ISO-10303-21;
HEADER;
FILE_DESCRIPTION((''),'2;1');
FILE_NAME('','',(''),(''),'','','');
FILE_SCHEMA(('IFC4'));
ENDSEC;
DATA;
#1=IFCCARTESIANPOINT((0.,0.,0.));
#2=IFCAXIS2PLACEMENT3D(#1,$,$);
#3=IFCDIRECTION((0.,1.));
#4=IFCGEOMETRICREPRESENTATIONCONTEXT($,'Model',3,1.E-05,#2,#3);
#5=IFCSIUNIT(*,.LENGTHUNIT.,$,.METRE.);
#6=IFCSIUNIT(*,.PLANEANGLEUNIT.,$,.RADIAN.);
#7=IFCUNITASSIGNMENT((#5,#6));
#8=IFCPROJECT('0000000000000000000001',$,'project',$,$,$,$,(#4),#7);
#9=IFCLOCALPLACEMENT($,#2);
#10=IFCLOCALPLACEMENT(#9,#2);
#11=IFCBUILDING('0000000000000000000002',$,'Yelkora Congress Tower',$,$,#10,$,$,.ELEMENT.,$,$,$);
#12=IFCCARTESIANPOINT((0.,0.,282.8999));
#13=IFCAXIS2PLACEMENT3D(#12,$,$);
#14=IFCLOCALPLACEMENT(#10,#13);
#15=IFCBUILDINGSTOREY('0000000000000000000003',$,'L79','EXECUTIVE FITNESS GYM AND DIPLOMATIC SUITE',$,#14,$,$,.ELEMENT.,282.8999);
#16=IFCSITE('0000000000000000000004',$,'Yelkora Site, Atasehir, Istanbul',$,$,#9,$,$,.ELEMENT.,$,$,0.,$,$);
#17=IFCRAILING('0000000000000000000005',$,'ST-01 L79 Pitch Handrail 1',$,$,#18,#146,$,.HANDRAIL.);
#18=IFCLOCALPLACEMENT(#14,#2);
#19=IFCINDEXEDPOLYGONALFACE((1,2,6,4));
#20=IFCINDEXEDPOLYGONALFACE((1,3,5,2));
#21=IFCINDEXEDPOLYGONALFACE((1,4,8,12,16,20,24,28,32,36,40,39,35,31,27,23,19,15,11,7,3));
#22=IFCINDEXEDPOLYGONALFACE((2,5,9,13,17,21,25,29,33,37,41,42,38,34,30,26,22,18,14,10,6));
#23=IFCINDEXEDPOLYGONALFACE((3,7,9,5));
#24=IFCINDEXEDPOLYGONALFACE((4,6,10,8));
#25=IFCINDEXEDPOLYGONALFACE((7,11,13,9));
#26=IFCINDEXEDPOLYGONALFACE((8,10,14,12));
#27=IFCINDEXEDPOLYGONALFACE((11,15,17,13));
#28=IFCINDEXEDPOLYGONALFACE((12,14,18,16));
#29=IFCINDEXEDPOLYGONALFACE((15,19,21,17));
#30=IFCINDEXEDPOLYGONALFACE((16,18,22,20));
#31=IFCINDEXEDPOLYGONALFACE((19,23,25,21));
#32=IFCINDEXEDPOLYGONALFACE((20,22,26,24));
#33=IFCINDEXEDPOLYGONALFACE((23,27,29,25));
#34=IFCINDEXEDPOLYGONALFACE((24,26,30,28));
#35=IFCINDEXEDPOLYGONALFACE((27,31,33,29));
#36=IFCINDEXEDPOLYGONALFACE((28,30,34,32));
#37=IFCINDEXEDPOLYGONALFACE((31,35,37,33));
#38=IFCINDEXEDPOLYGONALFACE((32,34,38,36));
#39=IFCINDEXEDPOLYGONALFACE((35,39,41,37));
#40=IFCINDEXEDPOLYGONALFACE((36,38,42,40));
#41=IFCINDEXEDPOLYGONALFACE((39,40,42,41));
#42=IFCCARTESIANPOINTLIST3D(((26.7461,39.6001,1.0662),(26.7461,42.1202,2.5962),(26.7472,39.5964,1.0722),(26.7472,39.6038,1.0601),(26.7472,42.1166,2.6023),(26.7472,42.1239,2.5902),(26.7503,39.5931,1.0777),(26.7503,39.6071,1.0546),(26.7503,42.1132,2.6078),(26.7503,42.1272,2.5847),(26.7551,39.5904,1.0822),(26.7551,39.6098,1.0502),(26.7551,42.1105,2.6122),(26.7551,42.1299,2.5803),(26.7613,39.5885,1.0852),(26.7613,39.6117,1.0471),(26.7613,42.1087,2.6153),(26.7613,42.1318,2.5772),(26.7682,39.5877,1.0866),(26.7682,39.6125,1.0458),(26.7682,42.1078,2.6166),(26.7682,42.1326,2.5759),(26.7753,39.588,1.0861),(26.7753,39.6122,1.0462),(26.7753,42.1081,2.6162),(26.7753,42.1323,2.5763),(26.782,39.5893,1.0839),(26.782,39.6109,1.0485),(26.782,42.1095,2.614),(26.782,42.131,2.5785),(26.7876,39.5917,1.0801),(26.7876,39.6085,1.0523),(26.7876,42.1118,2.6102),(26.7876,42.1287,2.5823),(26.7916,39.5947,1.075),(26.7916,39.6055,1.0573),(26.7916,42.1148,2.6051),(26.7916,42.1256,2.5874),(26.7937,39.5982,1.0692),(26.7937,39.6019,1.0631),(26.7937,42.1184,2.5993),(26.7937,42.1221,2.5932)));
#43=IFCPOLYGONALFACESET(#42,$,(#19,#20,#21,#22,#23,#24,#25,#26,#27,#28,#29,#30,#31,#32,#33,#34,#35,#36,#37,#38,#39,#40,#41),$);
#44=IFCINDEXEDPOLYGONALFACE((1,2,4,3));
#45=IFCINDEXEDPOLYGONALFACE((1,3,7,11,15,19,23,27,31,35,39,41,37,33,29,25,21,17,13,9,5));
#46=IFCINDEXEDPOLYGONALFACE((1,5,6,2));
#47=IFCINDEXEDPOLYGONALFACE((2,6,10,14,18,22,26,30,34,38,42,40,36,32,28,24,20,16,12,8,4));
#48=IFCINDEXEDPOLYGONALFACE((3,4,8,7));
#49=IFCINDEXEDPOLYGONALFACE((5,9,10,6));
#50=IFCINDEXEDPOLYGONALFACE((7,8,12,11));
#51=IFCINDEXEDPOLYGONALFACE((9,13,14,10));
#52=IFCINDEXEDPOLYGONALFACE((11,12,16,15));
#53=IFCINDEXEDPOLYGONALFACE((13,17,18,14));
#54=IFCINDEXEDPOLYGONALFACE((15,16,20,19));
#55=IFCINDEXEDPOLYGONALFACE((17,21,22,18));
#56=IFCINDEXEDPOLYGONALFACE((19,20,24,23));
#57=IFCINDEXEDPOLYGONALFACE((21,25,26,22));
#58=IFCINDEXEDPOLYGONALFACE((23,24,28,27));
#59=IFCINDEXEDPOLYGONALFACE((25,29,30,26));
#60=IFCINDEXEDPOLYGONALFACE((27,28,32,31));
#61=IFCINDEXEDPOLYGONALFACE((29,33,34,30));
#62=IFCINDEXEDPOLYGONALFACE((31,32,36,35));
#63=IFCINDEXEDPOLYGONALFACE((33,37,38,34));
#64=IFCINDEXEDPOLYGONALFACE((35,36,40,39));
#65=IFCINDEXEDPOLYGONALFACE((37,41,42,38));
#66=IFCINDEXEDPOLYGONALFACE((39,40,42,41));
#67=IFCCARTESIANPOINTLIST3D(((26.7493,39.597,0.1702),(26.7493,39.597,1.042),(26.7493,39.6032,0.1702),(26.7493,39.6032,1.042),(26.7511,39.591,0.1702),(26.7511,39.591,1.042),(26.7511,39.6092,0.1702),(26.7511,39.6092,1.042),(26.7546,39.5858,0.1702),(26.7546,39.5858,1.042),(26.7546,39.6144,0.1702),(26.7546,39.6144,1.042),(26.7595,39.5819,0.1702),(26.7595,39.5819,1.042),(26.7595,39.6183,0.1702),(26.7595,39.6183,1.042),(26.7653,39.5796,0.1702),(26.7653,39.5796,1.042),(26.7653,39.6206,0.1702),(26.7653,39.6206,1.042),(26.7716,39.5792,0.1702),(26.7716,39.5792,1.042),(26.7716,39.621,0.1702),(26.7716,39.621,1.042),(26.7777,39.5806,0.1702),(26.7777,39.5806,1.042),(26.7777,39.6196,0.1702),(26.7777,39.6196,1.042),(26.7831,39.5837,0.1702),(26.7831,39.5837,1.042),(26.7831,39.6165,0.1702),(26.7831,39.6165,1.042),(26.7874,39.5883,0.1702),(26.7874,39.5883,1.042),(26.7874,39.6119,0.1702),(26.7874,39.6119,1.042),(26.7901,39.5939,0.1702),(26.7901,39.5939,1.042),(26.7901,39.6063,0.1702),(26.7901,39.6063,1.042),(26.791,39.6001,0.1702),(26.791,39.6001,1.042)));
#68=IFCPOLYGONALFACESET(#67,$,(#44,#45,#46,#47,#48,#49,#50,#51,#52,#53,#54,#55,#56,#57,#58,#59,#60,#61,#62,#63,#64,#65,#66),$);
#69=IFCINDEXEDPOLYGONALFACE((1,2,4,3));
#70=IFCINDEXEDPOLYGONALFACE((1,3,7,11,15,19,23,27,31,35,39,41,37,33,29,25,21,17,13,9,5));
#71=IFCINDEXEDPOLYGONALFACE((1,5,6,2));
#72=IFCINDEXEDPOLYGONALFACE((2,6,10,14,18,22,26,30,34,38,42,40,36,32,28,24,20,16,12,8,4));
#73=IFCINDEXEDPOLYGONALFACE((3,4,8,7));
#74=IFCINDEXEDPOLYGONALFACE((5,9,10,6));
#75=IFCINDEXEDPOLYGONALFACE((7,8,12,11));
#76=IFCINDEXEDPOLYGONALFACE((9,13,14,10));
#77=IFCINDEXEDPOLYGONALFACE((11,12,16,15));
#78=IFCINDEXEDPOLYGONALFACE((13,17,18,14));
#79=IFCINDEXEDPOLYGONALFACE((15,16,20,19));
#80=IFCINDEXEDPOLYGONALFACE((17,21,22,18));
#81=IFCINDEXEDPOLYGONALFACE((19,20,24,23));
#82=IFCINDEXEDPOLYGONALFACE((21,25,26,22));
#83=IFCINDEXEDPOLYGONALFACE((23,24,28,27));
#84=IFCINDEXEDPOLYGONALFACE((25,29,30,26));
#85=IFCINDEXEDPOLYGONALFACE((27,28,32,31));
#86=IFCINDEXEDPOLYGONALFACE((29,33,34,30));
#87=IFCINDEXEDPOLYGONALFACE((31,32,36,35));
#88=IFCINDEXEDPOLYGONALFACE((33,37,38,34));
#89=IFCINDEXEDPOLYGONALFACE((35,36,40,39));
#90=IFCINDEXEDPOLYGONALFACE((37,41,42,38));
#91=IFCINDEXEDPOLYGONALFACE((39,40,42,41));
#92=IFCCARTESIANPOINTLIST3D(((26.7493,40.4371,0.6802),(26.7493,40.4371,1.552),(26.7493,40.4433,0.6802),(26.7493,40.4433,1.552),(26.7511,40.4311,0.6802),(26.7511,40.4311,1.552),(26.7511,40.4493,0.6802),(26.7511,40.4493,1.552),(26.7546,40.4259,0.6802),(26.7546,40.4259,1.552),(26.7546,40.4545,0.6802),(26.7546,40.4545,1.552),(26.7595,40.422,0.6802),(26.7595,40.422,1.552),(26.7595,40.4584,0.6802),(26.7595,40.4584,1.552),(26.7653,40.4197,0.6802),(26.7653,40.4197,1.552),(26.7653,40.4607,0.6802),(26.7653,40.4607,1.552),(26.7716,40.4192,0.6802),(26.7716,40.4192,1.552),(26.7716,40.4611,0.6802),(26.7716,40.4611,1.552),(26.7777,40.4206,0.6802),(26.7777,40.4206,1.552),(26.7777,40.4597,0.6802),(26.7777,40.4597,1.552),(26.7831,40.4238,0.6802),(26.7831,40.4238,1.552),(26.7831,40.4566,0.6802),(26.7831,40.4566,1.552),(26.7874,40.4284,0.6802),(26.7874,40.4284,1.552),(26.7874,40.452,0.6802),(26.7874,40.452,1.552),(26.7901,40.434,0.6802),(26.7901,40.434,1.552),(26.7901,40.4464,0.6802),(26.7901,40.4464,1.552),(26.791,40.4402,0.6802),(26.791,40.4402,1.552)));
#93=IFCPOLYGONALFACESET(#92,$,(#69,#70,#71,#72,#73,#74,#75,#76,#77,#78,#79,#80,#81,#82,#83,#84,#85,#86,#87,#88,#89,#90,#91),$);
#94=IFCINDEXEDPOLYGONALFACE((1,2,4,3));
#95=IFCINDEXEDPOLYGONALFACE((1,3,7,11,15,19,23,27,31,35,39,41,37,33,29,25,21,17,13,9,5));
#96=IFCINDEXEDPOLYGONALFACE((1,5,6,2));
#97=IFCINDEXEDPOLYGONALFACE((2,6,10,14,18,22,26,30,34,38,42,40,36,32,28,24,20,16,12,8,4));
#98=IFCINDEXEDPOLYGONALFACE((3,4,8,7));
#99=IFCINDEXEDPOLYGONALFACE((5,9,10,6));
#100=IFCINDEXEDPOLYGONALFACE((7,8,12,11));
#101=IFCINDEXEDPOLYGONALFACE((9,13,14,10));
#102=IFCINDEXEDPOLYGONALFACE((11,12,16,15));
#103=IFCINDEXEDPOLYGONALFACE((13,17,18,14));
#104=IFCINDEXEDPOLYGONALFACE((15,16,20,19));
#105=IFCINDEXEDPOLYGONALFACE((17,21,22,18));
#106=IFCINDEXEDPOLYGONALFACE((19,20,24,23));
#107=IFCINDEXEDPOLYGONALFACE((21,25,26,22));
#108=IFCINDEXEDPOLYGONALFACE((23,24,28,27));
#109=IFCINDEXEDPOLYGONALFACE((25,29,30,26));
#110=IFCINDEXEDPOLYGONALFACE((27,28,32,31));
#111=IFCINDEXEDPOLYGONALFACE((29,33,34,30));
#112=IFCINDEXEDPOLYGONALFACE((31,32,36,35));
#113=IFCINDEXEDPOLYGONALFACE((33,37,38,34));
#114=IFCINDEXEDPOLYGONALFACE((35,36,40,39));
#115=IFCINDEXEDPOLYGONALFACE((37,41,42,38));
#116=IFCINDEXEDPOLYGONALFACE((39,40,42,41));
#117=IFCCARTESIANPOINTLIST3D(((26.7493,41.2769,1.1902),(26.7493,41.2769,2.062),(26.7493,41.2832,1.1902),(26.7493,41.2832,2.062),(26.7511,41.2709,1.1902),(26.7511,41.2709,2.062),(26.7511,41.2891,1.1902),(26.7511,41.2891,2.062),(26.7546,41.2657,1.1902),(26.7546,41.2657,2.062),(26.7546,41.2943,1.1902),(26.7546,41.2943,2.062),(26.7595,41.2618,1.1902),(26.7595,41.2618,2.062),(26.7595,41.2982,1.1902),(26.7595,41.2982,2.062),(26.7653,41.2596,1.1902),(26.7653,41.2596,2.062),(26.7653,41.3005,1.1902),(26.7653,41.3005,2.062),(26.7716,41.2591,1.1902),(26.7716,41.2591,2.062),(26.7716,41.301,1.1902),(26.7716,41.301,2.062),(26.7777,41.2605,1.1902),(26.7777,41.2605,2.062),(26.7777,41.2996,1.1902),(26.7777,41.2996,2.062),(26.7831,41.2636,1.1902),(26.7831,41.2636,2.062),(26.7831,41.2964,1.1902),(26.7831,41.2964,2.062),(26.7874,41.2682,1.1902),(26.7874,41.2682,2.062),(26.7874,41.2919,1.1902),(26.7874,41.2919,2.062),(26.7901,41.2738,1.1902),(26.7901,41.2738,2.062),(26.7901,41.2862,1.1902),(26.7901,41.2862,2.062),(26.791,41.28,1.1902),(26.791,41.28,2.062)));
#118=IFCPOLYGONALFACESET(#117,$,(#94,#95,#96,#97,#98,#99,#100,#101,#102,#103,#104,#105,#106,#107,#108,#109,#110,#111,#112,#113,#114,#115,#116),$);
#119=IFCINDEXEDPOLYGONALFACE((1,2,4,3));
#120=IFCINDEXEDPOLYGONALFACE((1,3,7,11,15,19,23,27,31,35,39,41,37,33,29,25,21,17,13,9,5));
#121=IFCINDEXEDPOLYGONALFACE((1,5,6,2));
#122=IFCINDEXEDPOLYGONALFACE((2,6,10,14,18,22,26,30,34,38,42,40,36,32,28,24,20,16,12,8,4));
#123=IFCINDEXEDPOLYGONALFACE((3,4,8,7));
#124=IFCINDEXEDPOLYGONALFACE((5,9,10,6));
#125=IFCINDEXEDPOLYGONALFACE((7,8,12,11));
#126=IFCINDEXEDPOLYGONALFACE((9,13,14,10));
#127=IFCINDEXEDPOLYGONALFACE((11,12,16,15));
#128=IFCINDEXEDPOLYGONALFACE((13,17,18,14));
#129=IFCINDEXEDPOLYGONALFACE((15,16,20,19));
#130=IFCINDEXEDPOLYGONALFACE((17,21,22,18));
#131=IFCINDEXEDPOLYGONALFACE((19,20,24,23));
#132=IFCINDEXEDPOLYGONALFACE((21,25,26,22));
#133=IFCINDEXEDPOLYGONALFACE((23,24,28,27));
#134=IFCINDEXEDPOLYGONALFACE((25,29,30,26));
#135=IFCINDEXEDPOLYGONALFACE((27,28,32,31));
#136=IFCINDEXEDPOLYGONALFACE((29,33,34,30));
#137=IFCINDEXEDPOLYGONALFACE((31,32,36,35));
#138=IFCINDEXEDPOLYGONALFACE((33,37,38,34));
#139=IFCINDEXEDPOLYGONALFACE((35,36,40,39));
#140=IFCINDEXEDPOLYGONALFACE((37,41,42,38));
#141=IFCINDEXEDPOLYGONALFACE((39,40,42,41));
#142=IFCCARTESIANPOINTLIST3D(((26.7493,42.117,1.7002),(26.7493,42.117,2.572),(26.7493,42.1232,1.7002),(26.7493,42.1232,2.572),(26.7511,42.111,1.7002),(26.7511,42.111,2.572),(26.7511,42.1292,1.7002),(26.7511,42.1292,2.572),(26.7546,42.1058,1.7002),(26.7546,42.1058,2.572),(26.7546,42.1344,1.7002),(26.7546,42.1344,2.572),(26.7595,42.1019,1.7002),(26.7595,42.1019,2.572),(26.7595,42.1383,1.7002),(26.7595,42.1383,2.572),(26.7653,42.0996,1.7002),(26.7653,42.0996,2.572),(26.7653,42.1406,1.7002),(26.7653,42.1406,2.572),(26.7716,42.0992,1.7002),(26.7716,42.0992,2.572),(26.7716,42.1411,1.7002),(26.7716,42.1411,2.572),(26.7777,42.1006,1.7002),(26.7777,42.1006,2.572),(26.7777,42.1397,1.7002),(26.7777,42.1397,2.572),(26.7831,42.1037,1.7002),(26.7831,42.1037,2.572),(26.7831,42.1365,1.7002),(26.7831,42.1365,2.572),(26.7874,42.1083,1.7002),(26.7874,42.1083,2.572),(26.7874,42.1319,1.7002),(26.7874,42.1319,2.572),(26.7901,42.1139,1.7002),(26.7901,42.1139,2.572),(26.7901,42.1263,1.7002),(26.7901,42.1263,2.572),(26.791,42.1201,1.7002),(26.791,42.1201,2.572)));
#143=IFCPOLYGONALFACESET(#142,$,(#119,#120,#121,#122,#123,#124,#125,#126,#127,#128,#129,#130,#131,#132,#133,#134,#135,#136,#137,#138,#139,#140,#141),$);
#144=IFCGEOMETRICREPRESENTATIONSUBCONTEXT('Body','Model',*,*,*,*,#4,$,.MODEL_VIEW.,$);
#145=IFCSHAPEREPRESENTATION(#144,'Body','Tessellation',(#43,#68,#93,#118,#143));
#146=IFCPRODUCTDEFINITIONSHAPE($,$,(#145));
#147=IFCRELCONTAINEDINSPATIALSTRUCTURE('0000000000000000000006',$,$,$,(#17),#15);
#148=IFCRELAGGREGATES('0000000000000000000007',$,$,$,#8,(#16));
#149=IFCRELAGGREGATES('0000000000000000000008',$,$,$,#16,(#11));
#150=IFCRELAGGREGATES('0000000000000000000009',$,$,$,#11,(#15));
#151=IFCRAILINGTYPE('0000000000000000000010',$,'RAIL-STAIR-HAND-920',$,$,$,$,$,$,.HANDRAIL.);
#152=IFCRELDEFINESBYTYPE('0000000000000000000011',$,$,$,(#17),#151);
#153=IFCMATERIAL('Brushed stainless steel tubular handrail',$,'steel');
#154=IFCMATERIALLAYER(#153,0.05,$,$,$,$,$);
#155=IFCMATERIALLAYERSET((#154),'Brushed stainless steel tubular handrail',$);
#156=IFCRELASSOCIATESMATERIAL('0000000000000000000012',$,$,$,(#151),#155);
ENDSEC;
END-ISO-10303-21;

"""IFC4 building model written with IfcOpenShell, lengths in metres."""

from ifc_helpers import new_model, si_unit, direction, frame, origin, origin_2d, place, context, subcontext, project, spatial, circle, extrude, material, layer, layer_set, type_object, element, save


model = new_model("IFC4")

# Units and contexts
model_context = context("Model", 3, precision=1e-05, world=origin(), true_north=direction((0.0, 1.0)))
body_context = subcontext(model_context, "Body", "Model", "MODEL_VIEW")
ifc_project = project(units=[si_unit("LENGTHUNIT", "METRE"), si_unit("PLANEANGLEUNIT", "RADIAN")], contexts=[model_context])

# Site, building, storey
site_placement = place(None, origin())
site = spatial("IfcSite", under=ifc_project, at=site_placement, Name="Yelkora Site, Atasehir, Istanbul", CompositionType="ELEMENT", RefElevation=0.0)
building_placement = place(site_placement, origin())
building = spatial("IfcBuilding", under=site, at=building_placement, Name="Yelkora Congress Tower", CompositionType="ELEMENT")
storey_placement = place(building_placement, frame((0.0, 0.0, 282.8999)))
storey = spatial("IfcBuildingStorey", under=building, at=storey_placement, Name="L79", Description="EXECUTIVE FITNESS GYM AND DIPLOMATIC SUITE", CompositionType="ELEMENT", Elevation=282.8999)

# Railing
ifc_material_1 = material(Name="Brushed stainless steel tubular handrail", Category="steel")
ifc_layer_1 = layer(ifc_material_1, 0.05)
ifc_layer_set_1 = layer_set([ifc_layer_1], Name="Brushed stainless steel tubular handrail")
railing_type_1 = type_object("IfcRailingType", Name="RAIL-STAIR-HAND-920", PredefinedType="HANDRAIL", material=ifc_layer_set_1)
railing_1_placement = place(storey_placement, frame((26.77, 39.6001, 0.1702)))
element("IfcRailing", 1, at=railing_1_placement, inside=storey, type_object=railing_type_1, Name="ST-01 L79 Pitch Handrail 1", PredefinedType="HANDRAIL", context=body_context, shape_type="SweptSolid", body=[
    extrude(circle(Radius=0.0239, at=origin_2d()), frame((0.0, 0.0, 0.896), z_axis=(0.0, 0.854785, 0.518982), x_axis=(-1.0, 0.0, 0.0)), (0.0, 0.0, 1.0), 2.9482),
    extrude(circle(Radius=0.021, at=origin_2d()), origin(), (0.0, 0.0, 1.0), 0.8718),
    extrude(circle(Radius=0.021, at=origin_2d()), frame((0.0, 0.8401, 0.51)), (0.0, 0.0, 1.0), 0.8718),
    extrude(circle(Radius=0.021, at=origin_2d()), frame((0.0, 1.6799, 1.02)), (0.0, 0.0, 1.0), 0.8718),
    extrude(circle(Radius=0.021, at=origin_2d()), frame((0.0, 2.52, 1.53)), (0.0, 0.0, 1.0), 0.8718),
])

save(model, "model.ifc")
